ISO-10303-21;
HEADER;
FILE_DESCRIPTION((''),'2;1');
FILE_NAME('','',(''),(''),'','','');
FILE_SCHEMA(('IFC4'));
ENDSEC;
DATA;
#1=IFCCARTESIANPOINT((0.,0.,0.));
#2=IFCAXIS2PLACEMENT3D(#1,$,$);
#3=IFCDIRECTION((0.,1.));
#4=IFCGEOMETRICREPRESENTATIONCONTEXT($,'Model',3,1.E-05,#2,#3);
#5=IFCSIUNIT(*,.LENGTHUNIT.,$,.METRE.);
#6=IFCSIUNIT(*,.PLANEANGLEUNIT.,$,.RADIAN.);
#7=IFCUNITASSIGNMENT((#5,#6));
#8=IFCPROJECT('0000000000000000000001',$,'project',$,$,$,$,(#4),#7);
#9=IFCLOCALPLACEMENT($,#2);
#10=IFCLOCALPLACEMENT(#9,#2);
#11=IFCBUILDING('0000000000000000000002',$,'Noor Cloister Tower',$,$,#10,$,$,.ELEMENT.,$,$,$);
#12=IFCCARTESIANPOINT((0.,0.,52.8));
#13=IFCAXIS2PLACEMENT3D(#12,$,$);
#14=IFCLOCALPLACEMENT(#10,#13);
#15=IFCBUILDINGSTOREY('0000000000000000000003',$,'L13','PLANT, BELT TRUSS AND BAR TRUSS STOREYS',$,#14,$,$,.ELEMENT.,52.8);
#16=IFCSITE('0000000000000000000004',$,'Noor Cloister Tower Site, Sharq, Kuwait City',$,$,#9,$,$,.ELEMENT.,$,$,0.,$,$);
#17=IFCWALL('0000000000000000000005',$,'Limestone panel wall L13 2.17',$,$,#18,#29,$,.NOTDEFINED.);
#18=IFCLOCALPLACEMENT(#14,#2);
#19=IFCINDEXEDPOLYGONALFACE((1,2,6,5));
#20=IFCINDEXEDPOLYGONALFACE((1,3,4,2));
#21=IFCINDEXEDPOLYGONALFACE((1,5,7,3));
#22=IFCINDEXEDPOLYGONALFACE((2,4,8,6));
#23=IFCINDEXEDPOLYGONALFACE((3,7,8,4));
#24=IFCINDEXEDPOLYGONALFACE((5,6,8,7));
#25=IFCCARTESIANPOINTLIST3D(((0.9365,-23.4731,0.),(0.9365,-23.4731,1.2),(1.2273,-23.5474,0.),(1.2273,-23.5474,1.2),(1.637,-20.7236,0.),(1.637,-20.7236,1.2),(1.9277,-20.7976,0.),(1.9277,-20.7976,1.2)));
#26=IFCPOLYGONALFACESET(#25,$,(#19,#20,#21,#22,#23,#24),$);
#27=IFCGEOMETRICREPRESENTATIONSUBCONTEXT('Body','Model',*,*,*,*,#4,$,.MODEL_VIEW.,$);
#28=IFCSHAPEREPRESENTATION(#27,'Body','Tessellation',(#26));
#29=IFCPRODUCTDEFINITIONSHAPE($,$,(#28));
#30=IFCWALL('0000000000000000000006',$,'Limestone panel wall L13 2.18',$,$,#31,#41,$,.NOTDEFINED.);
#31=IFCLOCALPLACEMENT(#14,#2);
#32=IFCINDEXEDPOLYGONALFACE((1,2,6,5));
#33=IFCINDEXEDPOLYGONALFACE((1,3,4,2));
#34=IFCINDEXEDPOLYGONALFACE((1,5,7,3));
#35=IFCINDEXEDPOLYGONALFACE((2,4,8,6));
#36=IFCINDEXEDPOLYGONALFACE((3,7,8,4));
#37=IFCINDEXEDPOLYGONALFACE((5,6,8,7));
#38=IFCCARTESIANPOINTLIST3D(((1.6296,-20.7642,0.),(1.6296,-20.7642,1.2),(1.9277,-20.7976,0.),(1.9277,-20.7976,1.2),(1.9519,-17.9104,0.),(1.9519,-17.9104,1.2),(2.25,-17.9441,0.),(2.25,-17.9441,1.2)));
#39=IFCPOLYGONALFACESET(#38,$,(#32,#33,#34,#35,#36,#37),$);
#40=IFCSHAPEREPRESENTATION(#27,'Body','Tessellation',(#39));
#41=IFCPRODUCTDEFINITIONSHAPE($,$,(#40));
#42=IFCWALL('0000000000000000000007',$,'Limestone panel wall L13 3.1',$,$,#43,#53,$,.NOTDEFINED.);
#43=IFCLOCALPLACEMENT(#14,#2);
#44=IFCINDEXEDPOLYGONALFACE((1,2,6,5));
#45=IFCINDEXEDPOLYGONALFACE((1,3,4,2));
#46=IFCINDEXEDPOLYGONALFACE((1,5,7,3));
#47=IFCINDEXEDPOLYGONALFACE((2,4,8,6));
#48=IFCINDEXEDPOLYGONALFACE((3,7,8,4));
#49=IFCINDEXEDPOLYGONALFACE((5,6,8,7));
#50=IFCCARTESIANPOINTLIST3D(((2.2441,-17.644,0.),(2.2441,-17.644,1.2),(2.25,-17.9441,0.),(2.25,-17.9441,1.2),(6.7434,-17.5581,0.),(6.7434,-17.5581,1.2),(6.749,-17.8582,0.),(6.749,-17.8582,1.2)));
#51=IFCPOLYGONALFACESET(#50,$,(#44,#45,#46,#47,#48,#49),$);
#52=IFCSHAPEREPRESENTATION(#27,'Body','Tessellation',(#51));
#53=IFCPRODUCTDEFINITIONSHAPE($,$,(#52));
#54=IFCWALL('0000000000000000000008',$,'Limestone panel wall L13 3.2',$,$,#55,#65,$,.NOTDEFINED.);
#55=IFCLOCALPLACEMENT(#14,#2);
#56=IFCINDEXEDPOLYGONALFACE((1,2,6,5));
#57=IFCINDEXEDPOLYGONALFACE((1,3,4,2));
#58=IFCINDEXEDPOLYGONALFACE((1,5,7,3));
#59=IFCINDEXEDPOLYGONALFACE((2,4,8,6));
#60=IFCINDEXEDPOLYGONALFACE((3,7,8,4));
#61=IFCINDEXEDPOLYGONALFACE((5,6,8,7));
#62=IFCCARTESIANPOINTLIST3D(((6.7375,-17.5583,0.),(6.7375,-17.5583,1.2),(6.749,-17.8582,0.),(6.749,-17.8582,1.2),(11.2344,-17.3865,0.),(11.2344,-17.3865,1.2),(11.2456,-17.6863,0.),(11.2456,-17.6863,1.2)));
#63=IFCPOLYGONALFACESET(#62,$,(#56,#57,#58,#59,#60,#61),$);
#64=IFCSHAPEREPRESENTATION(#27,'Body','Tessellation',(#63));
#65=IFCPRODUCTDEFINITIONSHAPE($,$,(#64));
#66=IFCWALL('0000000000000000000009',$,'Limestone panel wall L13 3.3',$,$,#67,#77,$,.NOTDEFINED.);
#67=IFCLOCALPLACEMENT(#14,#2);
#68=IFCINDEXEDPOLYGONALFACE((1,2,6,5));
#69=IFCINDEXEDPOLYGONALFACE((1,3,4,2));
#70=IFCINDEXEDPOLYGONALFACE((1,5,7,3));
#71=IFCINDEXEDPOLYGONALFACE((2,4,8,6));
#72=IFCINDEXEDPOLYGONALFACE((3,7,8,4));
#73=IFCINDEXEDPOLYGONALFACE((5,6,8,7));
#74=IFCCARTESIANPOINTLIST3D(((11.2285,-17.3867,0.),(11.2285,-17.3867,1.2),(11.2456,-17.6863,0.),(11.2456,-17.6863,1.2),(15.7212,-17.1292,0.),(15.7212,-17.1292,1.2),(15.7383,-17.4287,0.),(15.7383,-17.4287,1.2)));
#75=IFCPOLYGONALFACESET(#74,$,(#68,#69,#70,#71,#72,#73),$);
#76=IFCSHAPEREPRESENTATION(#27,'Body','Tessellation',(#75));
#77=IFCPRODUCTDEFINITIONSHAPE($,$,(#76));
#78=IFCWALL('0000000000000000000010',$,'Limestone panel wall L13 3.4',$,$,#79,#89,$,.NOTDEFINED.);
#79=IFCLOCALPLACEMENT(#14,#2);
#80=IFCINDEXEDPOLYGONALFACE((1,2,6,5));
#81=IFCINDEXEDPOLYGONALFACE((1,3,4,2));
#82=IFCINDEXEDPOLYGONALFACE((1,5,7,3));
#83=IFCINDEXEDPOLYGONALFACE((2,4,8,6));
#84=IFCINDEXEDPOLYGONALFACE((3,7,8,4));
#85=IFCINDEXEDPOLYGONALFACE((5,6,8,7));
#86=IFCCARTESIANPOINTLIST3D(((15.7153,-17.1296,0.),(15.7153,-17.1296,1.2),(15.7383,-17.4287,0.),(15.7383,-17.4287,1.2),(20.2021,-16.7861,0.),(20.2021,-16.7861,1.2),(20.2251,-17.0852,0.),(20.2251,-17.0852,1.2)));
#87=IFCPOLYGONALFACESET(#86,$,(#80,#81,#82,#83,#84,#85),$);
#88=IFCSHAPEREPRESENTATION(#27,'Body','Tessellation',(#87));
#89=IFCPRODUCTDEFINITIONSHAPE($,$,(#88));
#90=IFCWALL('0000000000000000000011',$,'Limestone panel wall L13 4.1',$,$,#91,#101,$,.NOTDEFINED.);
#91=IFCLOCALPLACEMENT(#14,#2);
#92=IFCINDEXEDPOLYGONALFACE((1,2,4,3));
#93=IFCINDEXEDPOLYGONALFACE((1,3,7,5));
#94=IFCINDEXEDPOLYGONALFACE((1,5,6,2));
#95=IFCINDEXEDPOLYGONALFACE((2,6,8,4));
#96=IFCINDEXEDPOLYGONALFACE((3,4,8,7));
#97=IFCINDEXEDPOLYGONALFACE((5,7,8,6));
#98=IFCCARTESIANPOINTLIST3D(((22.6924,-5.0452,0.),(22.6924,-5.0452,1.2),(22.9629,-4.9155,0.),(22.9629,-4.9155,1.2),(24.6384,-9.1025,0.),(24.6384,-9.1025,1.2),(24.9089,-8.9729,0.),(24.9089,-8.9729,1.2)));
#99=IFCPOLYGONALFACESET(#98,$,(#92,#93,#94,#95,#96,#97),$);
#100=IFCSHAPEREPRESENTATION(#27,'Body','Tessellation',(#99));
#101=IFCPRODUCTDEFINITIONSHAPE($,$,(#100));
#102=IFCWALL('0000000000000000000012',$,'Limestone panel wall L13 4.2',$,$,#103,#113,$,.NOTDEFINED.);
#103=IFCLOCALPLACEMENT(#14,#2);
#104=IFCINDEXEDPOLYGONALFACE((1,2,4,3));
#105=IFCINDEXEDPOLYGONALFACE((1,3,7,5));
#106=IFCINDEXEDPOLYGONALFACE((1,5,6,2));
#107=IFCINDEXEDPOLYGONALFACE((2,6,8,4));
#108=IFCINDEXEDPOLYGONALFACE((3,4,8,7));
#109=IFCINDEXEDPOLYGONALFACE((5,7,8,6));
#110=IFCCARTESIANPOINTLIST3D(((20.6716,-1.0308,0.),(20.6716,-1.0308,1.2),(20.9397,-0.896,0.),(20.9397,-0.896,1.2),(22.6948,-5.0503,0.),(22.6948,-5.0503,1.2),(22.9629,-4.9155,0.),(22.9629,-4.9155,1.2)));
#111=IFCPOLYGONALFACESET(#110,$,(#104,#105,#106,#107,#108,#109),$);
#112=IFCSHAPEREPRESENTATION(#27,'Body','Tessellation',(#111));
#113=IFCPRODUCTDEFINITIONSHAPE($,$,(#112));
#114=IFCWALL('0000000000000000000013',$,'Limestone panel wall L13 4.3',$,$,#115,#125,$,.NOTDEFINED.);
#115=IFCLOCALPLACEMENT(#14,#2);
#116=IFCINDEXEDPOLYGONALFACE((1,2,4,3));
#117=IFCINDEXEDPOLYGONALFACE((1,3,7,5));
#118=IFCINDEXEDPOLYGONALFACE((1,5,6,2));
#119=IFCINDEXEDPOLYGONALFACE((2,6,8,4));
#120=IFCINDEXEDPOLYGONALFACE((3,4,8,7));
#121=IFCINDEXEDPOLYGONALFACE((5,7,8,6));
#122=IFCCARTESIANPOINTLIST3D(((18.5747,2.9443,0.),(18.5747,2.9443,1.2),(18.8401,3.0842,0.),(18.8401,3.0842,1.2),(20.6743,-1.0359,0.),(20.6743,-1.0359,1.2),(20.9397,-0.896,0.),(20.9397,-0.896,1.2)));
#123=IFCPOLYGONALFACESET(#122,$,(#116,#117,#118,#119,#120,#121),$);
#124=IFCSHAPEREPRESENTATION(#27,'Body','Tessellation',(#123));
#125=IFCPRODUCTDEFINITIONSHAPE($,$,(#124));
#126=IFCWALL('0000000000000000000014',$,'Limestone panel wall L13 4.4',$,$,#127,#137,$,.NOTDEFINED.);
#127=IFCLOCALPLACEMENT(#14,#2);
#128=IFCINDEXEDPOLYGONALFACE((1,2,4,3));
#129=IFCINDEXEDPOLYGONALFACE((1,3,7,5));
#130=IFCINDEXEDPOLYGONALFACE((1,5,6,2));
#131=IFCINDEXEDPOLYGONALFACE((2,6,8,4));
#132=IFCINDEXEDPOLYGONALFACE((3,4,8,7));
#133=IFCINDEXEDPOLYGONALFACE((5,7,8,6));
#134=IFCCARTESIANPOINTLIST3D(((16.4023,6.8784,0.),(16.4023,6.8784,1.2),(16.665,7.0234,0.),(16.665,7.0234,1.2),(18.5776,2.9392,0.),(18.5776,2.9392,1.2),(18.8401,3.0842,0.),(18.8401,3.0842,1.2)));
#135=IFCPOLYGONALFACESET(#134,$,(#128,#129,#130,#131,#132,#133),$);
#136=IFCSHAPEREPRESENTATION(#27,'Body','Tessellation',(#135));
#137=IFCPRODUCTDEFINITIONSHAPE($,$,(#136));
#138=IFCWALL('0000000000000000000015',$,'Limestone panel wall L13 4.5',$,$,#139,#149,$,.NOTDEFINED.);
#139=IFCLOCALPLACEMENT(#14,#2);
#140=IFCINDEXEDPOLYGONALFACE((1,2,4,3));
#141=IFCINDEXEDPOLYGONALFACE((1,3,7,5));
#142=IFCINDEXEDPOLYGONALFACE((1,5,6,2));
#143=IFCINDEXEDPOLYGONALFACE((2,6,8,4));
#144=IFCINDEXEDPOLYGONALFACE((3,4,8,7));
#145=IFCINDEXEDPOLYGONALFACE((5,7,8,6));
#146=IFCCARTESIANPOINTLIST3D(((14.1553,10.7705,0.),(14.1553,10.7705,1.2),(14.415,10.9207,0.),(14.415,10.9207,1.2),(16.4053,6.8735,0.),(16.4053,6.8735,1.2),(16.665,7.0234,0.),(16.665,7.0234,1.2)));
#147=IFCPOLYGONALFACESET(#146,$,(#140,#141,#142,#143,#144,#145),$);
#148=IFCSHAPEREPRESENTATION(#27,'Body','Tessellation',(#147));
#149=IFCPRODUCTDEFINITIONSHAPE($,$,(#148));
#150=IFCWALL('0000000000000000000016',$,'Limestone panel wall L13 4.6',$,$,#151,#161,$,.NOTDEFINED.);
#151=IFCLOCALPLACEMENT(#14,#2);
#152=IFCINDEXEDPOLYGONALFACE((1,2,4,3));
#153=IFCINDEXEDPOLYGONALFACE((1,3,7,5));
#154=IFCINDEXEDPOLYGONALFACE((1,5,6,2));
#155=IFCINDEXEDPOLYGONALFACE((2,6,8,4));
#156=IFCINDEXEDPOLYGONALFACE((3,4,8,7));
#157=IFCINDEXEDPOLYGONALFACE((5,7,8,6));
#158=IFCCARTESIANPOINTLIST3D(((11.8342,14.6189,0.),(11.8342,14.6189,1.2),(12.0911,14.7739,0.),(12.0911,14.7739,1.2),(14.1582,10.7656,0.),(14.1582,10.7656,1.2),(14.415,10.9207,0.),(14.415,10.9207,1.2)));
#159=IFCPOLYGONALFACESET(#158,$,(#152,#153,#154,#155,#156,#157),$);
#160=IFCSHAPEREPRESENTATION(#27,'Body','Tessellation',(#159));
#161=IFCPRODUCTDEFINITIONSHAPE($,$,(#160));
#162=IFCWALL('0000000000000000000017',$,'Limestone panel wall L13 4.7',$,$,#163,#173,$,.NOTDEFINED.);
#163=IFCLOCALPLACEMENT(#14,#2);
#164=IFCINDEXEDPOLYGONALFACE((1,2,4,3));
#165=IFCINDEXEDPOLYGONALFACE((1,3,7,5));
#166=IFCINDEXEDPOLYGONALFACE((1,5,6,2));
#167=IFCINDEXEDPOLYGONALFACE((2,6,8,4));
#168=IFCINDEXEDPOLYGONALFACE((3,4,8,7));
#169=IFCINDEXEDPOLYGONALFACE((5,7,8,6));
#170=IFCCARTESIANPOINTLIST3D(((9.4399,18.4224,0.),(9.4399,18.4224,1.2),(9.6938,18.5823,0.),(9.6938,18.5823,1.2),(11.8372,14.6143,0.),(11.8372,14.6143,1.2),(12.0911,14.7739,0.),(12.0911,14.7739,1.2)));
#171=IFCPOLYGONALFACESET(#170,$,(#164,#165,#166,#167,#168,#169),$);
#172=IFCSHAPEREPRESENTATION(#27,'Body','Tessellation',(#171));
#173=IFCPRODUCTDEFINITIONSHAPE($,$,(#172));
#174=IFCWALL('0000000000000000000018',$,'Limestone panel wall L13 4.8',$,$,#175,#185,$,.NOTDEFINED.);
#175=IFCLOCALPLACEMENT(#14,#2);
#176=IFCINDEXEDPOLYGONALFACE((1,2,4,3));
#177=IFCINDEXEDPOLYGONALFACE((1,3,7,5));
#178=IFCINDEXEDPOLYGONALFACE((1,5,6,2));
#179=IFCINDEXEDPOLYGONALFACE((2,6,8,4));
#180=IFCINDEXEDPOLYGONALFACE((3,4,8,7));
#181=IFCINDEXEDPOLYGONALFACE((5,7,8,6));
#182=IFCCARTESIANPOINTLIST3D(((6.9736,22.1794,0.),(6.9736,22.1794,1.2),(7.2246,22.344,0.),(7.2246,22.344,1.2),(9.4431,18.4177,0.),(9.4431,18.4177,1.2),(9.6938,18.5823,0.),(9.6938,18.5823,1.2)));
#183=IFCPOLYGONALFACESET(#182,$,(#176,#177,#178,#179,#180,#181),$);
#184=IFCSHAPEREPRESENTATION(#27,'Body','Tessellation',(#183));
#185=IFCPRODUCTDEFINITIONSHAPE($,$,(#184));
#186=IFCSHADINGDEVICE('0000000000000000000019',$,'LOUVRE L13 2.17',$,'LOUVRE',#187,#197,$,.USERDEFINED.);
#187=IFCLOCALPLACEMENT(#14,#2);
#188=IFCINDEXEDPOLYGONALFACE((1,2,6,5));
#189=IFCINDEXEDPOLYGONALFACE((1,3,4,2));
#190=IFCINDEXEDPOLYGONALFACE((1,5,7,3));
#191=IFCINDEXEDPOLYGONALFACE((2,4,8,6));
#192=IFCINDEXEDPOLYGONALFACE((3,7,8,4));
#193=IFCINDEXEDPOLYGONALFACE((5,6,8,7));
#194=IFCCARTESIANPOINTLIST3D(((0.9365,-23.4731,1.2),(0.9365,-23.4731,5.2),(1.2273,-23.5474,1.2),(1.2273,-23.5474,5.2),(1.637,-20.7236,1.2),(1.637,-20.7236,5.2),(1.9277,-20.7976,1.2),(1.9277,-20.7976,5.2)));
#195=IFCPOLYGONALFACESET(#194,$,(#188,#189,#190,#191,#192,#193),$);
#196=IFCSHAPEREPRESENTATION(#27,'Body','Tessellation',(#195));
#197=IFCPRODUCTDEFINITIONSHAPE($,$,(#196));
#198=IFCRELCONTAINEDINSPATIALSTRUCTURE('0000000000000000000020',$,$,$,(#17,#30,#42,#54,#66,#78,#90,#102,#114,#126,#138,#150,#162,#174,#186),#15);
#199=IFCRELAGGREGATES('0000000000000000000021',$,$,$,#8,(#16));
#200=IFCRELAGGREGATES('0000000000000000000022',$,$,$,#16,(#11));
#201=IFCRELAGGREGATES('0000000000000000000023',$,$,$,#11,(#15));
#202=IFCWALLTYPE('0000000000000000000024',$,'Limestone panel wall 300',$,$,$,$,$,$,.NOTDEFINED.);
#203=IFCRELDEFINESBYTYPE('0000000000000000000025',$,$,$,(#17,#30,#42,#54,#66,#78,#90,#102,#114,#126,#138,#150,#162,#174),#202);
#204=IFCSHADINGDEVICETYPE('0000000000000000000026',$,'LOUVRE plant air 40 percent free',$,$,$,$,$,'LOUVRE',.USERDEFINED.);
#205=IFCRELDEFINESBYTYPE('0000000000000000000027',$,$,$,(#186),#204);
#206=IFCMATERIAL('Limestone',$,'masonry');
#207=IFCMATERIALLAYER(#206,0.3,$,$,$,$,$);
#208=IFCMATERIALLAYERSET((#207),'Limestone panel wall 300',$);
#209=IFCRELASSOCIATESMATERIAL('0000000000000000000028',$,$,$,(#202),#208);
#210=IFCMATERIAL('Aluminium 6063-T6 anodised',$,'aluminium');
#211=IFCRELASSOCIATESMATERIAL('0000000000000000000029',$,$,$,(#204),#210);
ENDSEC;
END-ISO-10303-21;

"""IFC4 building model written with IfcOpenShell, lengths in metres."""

from ifc_helpers import new_model, si_unit, direction, frame, origin, place, context, subcontext, project, spatial, polyline, outline, extrude, material, layer, layer_set, type_object, element, save


model = new_model("IFC4")

# Units and contexts
model_context = context("Model", 3, precision=1e-05, world=origin(), true_north=direction((0.0, 1.0)))
body_context = subcontext(model_context, "Body", "Model", "MODEL_VIEW")
ifc_project = project(units=[si_unit("LENGTHUNIT", "METRE"), si_unit("PLANEANGLEUNIT", "RADIAN")], contexts=[model_context])

# Site, building, storey
site_placement = place(None, origin())
site = spatial("IfcSite", under=ifc_project, at=site_placement, Name="Noor Cloister Tower Site, Sharq, Kuwait City", CompositionType="ELEMENT", RefElevation=0.0)
building_placement = place(site_placement, origin())
building = spatial("IfcBuilding", under=site, at=building_placement, Name="Noor Cloister Tower", CompositionType="ELEMENT")
storey_placement = place(building_placement, frame((0.0, 0.0, 52.8)))
storey = spatial("IfcBuildingStorey", under=building, at=storey_placement, Name="L13", Description="PLANT, BELT TRUSS AND BAR TRUSS STOREYS", CompositionType="ELEMENT", Elevation=52.8)

# Walls
ifc_material_1 = material(Name="Limestone", Category="masonry")
ifc_layer = layer(ifc_material_1, 0.3)
ifc_layer_set = layer_set([ifc_layer], Name="Limestone panel wall 300")
wall_type = type_object("IfcWallType", Name="Limestone panel wall 300", PredefinedType="NOTDEFINED", material=ifc_layer_set)
wall_1_placement = place(storey_placement, origin())
element("IfcWall", 1, at=wall_1_placement, inside=storey, type_object=wall_type, Name="Limestone panel wall L13 2.17", PredefinedType="NOTDEFINED", context=body_context, shape_type="SweptSolid", body=[
    extrude(outline(polyline([(1.2273, -23.5474), (1.9277, -20.7976), (1.637, -20.7236), (0.9365, -23.4731), (1.2273, -23.5474)])), origin(), (0.0, 0.0, 1.0), 1.2),
])
wall_2_placement = place(storey_placement, origin())
element("IfcWall", 2, at=wall_2_placement, inside=storey, type_object=wall_type, Name="Limestone panel wall L13 2.18", PredefinedType="NOTDEFINED", context=body_context, shape_type="SweptSolid", body=[
    extrude(outline(polyline([(1.9277, -20.7976), (2.25, -17.9441), (1.9519, -17.9104), (1.6296, -20.7642), (1.9277, -20.7976)])), origin(), (0.0, 0.0, 1.0), 1.2),
])
wall_3_placement = place(storey_placement, origin())
element("IfcWall", 3, at=wall_3_placement, inside=storey, type_object=wall_type, Name="Limestone panel wall L13 3.1", PredefinedType="NOTDEFINED", context=body_context, shape_type="SweptSolid", body=[
    extrude(outline(polyline([(2.25, -17.9441), (6.749, -17.8582), (6.7434, -17.5581), (2.2441, -17.644), (2.25, -17.9441)])), origin(), (0.0, 0.0, 1.0), 1.2),
])
wall_4_placement = place(storey_placement, origin())
element("IfcWall", 4, at=wall_4_placement, inside=storey, type_object=wall_type, Name="Limestone panel wall L13 3.2", PredefinedType="NOTDEFINED", context=body_context, shape_type="SweptSolid", body=[
    extrude(outline(polyline([(6.749, -17.8582), (11.2456, -17.6863), (11.2344, -17.3865), (6.7375, -17.5583), (6.749, -17.8582)])), origin(), (0.0, 0.0, 1.0), 1.2),
])
wall_5_placement = place(storey_placement, origin())
element("IfcWall", 5, at=wall_5_placement, inside=storey, type_object=wall_type, Name="Limestone panel wall L13 3.3", PredefinedType="NOTDEFINED", context=body_context, shape_type="SweptSolid", body=[
    extrude(outline(polyline([(11.2456, -17.6863), (15.7383, -17.4287), (15.7212, -17.1292), (11.2285, -17.3867), (11.2456, -17.6863)])), origin(), (0.0, 0.0, 1.0), 1.2),
])
wall_6_placement = place(storey_placement, origin())
element("IfcWall", 6, at=wall_6_placement, inside=storey, type_object=wall_type, Name="Limestone panel wall L13 3.4", PredefinedType="NOTDEFINED", context=body_context, shape_type="SweptSolid", body=[
    extrude(outline(polyline([(15.7383, -17.4287), (20.2251, -17.0852), (20.2021, -16.7861), (15.7153, -17.1296), (15.7383, -17.4287)])), origin(), (0.0, 0.0, 1.0), 1.2),
])
wall_7_placement = place(storey_placement, origin())
element("IfcWall", 7, at=wall_7_placement, inside=storey, type_object=wall_type, Name="Limestone panel wall L13 4.1", PredefinedType="NOTDEFINED", context=body_context, shape_type="SweptSolid", body=[
    extrude(outline(polyline([(24.9089, -8.9729), (22.9629, -4.9155), (22.6924, -5.0452), (24.6384, -9.1025), (24.9089, -8.9729)])), origin(), (0.0, 0.0, 1.0), 1.2),
])
wall_8_placement = place(storey_placement, origin())
element("IfcWall", 8, at=wall_8_placement, inside=storey, type_object=wall_type, Name="Limestone panel wall L13 4.2", PredefinedType="NOTDEFINED", context=body_context, shape_type="SweptSolid", body=[
    extrude(outline(polyline([(22.9629, -4.9155), (20.9397, -0.896), (20.6716, -1.0308), (22.6948, -5.0503), (22.9629, -4.9155)])), origin(), (0.0, 0.0, 1.0), 1.2),
])
wall_9_placement = place(storey_placement, origin())
element("IfcWall", 9, at=wall_9_placement, inside=storey, type_object=wall_type, Name="Limestone panel wall L13 4.3", PredefinedType="NOTDEFINED", context=body_context, shape_type="SweptSolid", body=[
    extrude(outline(polyline([(20.9397, -0.896), (18.8401, 3.0842), (18.5747, 2.9443), (20.6743, -1.0359), (20.9397, -0.896)])), origin(), (0.0, 0.0, 1.0), 1.2),
])
wall_10_placement = place(storey_placement, origin())
element("IfcWall", 10, at=wall_10_placement, inside=storey, type_object=wall_type, Name="Limestone panel wall L13 4.4", PredefinedType="NOTDEFINED", context=body_context, shape_type="SweptSolid", body=[
    extrude(outline(polyline([(18.8401, 3.0842), (16.665, 7.0234), (16.4023, 6.8784), (18.5776, 2.9392), (18.8401, 3.0842)])), origin(), (0.0, 0.0, 1.0), 1.2),
])
wall_11_placement = place(storey_placement, origin())
element("IfcWall", 11, at=wall_11_placement, inside=storey, type_object=wall_type, Name="Limestone panel wall L13 4.5", PredefinedType="NOTDEFINED", context=body_context, shape_type="SweptSolid", body=[
    extrude(outline(polyline([(16.665, 7.0234), (14.415, 10.9207), (14.1553, 10.7705), (16.4053, 6.8735), (16.665, 7.0234)])), origin(), (0.0, 0.0, 1.0), 1.2),
])
wall_12_placement = place(storey_placement, origin())
element("IfcWall", 12, at=wall_12_placement, inside=storey, type_object=wall_type, Name="Limestone panel wall L13 4.6", PredefinedType="NOTDEFINED", context=body_context, shape_type="SweptSolid", body=[
    extrude(outline(polyline([(14.415, 10.9207), (12.0911, 14.7739), (11.8342, 14.6189), (14.1582, 10.7656), (14.415, 10.9207)])), origin(), (0.0, 0.0, 1.0), 1.2),
])
wall_13_placement = place(storey_placement, origin())
element("IfcWall", 13, at=wall_13_placement, inside=storey, type_object=wall_type, Name="Limestone panel wall L13 4.7", PredefinedType="NOTDEFINED", context=body_context, shape_type="SweptSolid", body=[
    extrude(outline(polyline([(12.0911, 14.7739), (9.6938, 18.5823), (9.4399, 18.4224), (11.8372, 14.6143), (12.0911, 14.7739)])), origin(), (0.0, 0.0, 1.0), 1.2),
])
wall_14_placement = place(storey_placement, origin())
element("IfcWall", 14, at=wall_14_placement, inside=storey, type_object=wall_type, Name="Limestone panel wall L13 4.8", PredefinedType="NOTDEFINED", context=body_context, shape_type="SweptSolid", body=[
    extrude(outline(polyline([(9.6938, 18.5823), (7.2246, 22.344), (6.9736, 22.1794), (9.4431, 18.4177), (9.6938, 18.5823)])), origin(), (0.0, 0.0, 1.0), 1.2),
])

# Shading device
ifc_material_2 = material(Name="Aluminium 6063-T6 anodised", Category="aluminium")
shading_device_type = type_object("IfcShadingDeviceType", Name="LOUVRE plant air 40 percent free", ElementType="LOUVRE", PredefinedType="USERDEFINED", material=ifc_material_2)
shading_device_1_placement = place(storey_placement, frame((0.0, 0.0, 1.2)))
element("IfcShadingDevice", 15, at=shading_device_1_placement, inside=storey, type_object=shading_device_type, Name="LOUVRE L13 2.17", ObjectType="LOUVRE", PredefinedType="USERDEFINED", context=body_context, shape_type="SweptSolid", body=[
    extrude(outline(polyline([(1.2273, -23.5474), (1.9277, -20.7976), (1.637, -20.7236), (0.9365, -23.4731), (1.2273, -23.5474)])), origin(), (0.0, 0.0, 1.0), 4.0),
])

save(model, "model.ifc")
